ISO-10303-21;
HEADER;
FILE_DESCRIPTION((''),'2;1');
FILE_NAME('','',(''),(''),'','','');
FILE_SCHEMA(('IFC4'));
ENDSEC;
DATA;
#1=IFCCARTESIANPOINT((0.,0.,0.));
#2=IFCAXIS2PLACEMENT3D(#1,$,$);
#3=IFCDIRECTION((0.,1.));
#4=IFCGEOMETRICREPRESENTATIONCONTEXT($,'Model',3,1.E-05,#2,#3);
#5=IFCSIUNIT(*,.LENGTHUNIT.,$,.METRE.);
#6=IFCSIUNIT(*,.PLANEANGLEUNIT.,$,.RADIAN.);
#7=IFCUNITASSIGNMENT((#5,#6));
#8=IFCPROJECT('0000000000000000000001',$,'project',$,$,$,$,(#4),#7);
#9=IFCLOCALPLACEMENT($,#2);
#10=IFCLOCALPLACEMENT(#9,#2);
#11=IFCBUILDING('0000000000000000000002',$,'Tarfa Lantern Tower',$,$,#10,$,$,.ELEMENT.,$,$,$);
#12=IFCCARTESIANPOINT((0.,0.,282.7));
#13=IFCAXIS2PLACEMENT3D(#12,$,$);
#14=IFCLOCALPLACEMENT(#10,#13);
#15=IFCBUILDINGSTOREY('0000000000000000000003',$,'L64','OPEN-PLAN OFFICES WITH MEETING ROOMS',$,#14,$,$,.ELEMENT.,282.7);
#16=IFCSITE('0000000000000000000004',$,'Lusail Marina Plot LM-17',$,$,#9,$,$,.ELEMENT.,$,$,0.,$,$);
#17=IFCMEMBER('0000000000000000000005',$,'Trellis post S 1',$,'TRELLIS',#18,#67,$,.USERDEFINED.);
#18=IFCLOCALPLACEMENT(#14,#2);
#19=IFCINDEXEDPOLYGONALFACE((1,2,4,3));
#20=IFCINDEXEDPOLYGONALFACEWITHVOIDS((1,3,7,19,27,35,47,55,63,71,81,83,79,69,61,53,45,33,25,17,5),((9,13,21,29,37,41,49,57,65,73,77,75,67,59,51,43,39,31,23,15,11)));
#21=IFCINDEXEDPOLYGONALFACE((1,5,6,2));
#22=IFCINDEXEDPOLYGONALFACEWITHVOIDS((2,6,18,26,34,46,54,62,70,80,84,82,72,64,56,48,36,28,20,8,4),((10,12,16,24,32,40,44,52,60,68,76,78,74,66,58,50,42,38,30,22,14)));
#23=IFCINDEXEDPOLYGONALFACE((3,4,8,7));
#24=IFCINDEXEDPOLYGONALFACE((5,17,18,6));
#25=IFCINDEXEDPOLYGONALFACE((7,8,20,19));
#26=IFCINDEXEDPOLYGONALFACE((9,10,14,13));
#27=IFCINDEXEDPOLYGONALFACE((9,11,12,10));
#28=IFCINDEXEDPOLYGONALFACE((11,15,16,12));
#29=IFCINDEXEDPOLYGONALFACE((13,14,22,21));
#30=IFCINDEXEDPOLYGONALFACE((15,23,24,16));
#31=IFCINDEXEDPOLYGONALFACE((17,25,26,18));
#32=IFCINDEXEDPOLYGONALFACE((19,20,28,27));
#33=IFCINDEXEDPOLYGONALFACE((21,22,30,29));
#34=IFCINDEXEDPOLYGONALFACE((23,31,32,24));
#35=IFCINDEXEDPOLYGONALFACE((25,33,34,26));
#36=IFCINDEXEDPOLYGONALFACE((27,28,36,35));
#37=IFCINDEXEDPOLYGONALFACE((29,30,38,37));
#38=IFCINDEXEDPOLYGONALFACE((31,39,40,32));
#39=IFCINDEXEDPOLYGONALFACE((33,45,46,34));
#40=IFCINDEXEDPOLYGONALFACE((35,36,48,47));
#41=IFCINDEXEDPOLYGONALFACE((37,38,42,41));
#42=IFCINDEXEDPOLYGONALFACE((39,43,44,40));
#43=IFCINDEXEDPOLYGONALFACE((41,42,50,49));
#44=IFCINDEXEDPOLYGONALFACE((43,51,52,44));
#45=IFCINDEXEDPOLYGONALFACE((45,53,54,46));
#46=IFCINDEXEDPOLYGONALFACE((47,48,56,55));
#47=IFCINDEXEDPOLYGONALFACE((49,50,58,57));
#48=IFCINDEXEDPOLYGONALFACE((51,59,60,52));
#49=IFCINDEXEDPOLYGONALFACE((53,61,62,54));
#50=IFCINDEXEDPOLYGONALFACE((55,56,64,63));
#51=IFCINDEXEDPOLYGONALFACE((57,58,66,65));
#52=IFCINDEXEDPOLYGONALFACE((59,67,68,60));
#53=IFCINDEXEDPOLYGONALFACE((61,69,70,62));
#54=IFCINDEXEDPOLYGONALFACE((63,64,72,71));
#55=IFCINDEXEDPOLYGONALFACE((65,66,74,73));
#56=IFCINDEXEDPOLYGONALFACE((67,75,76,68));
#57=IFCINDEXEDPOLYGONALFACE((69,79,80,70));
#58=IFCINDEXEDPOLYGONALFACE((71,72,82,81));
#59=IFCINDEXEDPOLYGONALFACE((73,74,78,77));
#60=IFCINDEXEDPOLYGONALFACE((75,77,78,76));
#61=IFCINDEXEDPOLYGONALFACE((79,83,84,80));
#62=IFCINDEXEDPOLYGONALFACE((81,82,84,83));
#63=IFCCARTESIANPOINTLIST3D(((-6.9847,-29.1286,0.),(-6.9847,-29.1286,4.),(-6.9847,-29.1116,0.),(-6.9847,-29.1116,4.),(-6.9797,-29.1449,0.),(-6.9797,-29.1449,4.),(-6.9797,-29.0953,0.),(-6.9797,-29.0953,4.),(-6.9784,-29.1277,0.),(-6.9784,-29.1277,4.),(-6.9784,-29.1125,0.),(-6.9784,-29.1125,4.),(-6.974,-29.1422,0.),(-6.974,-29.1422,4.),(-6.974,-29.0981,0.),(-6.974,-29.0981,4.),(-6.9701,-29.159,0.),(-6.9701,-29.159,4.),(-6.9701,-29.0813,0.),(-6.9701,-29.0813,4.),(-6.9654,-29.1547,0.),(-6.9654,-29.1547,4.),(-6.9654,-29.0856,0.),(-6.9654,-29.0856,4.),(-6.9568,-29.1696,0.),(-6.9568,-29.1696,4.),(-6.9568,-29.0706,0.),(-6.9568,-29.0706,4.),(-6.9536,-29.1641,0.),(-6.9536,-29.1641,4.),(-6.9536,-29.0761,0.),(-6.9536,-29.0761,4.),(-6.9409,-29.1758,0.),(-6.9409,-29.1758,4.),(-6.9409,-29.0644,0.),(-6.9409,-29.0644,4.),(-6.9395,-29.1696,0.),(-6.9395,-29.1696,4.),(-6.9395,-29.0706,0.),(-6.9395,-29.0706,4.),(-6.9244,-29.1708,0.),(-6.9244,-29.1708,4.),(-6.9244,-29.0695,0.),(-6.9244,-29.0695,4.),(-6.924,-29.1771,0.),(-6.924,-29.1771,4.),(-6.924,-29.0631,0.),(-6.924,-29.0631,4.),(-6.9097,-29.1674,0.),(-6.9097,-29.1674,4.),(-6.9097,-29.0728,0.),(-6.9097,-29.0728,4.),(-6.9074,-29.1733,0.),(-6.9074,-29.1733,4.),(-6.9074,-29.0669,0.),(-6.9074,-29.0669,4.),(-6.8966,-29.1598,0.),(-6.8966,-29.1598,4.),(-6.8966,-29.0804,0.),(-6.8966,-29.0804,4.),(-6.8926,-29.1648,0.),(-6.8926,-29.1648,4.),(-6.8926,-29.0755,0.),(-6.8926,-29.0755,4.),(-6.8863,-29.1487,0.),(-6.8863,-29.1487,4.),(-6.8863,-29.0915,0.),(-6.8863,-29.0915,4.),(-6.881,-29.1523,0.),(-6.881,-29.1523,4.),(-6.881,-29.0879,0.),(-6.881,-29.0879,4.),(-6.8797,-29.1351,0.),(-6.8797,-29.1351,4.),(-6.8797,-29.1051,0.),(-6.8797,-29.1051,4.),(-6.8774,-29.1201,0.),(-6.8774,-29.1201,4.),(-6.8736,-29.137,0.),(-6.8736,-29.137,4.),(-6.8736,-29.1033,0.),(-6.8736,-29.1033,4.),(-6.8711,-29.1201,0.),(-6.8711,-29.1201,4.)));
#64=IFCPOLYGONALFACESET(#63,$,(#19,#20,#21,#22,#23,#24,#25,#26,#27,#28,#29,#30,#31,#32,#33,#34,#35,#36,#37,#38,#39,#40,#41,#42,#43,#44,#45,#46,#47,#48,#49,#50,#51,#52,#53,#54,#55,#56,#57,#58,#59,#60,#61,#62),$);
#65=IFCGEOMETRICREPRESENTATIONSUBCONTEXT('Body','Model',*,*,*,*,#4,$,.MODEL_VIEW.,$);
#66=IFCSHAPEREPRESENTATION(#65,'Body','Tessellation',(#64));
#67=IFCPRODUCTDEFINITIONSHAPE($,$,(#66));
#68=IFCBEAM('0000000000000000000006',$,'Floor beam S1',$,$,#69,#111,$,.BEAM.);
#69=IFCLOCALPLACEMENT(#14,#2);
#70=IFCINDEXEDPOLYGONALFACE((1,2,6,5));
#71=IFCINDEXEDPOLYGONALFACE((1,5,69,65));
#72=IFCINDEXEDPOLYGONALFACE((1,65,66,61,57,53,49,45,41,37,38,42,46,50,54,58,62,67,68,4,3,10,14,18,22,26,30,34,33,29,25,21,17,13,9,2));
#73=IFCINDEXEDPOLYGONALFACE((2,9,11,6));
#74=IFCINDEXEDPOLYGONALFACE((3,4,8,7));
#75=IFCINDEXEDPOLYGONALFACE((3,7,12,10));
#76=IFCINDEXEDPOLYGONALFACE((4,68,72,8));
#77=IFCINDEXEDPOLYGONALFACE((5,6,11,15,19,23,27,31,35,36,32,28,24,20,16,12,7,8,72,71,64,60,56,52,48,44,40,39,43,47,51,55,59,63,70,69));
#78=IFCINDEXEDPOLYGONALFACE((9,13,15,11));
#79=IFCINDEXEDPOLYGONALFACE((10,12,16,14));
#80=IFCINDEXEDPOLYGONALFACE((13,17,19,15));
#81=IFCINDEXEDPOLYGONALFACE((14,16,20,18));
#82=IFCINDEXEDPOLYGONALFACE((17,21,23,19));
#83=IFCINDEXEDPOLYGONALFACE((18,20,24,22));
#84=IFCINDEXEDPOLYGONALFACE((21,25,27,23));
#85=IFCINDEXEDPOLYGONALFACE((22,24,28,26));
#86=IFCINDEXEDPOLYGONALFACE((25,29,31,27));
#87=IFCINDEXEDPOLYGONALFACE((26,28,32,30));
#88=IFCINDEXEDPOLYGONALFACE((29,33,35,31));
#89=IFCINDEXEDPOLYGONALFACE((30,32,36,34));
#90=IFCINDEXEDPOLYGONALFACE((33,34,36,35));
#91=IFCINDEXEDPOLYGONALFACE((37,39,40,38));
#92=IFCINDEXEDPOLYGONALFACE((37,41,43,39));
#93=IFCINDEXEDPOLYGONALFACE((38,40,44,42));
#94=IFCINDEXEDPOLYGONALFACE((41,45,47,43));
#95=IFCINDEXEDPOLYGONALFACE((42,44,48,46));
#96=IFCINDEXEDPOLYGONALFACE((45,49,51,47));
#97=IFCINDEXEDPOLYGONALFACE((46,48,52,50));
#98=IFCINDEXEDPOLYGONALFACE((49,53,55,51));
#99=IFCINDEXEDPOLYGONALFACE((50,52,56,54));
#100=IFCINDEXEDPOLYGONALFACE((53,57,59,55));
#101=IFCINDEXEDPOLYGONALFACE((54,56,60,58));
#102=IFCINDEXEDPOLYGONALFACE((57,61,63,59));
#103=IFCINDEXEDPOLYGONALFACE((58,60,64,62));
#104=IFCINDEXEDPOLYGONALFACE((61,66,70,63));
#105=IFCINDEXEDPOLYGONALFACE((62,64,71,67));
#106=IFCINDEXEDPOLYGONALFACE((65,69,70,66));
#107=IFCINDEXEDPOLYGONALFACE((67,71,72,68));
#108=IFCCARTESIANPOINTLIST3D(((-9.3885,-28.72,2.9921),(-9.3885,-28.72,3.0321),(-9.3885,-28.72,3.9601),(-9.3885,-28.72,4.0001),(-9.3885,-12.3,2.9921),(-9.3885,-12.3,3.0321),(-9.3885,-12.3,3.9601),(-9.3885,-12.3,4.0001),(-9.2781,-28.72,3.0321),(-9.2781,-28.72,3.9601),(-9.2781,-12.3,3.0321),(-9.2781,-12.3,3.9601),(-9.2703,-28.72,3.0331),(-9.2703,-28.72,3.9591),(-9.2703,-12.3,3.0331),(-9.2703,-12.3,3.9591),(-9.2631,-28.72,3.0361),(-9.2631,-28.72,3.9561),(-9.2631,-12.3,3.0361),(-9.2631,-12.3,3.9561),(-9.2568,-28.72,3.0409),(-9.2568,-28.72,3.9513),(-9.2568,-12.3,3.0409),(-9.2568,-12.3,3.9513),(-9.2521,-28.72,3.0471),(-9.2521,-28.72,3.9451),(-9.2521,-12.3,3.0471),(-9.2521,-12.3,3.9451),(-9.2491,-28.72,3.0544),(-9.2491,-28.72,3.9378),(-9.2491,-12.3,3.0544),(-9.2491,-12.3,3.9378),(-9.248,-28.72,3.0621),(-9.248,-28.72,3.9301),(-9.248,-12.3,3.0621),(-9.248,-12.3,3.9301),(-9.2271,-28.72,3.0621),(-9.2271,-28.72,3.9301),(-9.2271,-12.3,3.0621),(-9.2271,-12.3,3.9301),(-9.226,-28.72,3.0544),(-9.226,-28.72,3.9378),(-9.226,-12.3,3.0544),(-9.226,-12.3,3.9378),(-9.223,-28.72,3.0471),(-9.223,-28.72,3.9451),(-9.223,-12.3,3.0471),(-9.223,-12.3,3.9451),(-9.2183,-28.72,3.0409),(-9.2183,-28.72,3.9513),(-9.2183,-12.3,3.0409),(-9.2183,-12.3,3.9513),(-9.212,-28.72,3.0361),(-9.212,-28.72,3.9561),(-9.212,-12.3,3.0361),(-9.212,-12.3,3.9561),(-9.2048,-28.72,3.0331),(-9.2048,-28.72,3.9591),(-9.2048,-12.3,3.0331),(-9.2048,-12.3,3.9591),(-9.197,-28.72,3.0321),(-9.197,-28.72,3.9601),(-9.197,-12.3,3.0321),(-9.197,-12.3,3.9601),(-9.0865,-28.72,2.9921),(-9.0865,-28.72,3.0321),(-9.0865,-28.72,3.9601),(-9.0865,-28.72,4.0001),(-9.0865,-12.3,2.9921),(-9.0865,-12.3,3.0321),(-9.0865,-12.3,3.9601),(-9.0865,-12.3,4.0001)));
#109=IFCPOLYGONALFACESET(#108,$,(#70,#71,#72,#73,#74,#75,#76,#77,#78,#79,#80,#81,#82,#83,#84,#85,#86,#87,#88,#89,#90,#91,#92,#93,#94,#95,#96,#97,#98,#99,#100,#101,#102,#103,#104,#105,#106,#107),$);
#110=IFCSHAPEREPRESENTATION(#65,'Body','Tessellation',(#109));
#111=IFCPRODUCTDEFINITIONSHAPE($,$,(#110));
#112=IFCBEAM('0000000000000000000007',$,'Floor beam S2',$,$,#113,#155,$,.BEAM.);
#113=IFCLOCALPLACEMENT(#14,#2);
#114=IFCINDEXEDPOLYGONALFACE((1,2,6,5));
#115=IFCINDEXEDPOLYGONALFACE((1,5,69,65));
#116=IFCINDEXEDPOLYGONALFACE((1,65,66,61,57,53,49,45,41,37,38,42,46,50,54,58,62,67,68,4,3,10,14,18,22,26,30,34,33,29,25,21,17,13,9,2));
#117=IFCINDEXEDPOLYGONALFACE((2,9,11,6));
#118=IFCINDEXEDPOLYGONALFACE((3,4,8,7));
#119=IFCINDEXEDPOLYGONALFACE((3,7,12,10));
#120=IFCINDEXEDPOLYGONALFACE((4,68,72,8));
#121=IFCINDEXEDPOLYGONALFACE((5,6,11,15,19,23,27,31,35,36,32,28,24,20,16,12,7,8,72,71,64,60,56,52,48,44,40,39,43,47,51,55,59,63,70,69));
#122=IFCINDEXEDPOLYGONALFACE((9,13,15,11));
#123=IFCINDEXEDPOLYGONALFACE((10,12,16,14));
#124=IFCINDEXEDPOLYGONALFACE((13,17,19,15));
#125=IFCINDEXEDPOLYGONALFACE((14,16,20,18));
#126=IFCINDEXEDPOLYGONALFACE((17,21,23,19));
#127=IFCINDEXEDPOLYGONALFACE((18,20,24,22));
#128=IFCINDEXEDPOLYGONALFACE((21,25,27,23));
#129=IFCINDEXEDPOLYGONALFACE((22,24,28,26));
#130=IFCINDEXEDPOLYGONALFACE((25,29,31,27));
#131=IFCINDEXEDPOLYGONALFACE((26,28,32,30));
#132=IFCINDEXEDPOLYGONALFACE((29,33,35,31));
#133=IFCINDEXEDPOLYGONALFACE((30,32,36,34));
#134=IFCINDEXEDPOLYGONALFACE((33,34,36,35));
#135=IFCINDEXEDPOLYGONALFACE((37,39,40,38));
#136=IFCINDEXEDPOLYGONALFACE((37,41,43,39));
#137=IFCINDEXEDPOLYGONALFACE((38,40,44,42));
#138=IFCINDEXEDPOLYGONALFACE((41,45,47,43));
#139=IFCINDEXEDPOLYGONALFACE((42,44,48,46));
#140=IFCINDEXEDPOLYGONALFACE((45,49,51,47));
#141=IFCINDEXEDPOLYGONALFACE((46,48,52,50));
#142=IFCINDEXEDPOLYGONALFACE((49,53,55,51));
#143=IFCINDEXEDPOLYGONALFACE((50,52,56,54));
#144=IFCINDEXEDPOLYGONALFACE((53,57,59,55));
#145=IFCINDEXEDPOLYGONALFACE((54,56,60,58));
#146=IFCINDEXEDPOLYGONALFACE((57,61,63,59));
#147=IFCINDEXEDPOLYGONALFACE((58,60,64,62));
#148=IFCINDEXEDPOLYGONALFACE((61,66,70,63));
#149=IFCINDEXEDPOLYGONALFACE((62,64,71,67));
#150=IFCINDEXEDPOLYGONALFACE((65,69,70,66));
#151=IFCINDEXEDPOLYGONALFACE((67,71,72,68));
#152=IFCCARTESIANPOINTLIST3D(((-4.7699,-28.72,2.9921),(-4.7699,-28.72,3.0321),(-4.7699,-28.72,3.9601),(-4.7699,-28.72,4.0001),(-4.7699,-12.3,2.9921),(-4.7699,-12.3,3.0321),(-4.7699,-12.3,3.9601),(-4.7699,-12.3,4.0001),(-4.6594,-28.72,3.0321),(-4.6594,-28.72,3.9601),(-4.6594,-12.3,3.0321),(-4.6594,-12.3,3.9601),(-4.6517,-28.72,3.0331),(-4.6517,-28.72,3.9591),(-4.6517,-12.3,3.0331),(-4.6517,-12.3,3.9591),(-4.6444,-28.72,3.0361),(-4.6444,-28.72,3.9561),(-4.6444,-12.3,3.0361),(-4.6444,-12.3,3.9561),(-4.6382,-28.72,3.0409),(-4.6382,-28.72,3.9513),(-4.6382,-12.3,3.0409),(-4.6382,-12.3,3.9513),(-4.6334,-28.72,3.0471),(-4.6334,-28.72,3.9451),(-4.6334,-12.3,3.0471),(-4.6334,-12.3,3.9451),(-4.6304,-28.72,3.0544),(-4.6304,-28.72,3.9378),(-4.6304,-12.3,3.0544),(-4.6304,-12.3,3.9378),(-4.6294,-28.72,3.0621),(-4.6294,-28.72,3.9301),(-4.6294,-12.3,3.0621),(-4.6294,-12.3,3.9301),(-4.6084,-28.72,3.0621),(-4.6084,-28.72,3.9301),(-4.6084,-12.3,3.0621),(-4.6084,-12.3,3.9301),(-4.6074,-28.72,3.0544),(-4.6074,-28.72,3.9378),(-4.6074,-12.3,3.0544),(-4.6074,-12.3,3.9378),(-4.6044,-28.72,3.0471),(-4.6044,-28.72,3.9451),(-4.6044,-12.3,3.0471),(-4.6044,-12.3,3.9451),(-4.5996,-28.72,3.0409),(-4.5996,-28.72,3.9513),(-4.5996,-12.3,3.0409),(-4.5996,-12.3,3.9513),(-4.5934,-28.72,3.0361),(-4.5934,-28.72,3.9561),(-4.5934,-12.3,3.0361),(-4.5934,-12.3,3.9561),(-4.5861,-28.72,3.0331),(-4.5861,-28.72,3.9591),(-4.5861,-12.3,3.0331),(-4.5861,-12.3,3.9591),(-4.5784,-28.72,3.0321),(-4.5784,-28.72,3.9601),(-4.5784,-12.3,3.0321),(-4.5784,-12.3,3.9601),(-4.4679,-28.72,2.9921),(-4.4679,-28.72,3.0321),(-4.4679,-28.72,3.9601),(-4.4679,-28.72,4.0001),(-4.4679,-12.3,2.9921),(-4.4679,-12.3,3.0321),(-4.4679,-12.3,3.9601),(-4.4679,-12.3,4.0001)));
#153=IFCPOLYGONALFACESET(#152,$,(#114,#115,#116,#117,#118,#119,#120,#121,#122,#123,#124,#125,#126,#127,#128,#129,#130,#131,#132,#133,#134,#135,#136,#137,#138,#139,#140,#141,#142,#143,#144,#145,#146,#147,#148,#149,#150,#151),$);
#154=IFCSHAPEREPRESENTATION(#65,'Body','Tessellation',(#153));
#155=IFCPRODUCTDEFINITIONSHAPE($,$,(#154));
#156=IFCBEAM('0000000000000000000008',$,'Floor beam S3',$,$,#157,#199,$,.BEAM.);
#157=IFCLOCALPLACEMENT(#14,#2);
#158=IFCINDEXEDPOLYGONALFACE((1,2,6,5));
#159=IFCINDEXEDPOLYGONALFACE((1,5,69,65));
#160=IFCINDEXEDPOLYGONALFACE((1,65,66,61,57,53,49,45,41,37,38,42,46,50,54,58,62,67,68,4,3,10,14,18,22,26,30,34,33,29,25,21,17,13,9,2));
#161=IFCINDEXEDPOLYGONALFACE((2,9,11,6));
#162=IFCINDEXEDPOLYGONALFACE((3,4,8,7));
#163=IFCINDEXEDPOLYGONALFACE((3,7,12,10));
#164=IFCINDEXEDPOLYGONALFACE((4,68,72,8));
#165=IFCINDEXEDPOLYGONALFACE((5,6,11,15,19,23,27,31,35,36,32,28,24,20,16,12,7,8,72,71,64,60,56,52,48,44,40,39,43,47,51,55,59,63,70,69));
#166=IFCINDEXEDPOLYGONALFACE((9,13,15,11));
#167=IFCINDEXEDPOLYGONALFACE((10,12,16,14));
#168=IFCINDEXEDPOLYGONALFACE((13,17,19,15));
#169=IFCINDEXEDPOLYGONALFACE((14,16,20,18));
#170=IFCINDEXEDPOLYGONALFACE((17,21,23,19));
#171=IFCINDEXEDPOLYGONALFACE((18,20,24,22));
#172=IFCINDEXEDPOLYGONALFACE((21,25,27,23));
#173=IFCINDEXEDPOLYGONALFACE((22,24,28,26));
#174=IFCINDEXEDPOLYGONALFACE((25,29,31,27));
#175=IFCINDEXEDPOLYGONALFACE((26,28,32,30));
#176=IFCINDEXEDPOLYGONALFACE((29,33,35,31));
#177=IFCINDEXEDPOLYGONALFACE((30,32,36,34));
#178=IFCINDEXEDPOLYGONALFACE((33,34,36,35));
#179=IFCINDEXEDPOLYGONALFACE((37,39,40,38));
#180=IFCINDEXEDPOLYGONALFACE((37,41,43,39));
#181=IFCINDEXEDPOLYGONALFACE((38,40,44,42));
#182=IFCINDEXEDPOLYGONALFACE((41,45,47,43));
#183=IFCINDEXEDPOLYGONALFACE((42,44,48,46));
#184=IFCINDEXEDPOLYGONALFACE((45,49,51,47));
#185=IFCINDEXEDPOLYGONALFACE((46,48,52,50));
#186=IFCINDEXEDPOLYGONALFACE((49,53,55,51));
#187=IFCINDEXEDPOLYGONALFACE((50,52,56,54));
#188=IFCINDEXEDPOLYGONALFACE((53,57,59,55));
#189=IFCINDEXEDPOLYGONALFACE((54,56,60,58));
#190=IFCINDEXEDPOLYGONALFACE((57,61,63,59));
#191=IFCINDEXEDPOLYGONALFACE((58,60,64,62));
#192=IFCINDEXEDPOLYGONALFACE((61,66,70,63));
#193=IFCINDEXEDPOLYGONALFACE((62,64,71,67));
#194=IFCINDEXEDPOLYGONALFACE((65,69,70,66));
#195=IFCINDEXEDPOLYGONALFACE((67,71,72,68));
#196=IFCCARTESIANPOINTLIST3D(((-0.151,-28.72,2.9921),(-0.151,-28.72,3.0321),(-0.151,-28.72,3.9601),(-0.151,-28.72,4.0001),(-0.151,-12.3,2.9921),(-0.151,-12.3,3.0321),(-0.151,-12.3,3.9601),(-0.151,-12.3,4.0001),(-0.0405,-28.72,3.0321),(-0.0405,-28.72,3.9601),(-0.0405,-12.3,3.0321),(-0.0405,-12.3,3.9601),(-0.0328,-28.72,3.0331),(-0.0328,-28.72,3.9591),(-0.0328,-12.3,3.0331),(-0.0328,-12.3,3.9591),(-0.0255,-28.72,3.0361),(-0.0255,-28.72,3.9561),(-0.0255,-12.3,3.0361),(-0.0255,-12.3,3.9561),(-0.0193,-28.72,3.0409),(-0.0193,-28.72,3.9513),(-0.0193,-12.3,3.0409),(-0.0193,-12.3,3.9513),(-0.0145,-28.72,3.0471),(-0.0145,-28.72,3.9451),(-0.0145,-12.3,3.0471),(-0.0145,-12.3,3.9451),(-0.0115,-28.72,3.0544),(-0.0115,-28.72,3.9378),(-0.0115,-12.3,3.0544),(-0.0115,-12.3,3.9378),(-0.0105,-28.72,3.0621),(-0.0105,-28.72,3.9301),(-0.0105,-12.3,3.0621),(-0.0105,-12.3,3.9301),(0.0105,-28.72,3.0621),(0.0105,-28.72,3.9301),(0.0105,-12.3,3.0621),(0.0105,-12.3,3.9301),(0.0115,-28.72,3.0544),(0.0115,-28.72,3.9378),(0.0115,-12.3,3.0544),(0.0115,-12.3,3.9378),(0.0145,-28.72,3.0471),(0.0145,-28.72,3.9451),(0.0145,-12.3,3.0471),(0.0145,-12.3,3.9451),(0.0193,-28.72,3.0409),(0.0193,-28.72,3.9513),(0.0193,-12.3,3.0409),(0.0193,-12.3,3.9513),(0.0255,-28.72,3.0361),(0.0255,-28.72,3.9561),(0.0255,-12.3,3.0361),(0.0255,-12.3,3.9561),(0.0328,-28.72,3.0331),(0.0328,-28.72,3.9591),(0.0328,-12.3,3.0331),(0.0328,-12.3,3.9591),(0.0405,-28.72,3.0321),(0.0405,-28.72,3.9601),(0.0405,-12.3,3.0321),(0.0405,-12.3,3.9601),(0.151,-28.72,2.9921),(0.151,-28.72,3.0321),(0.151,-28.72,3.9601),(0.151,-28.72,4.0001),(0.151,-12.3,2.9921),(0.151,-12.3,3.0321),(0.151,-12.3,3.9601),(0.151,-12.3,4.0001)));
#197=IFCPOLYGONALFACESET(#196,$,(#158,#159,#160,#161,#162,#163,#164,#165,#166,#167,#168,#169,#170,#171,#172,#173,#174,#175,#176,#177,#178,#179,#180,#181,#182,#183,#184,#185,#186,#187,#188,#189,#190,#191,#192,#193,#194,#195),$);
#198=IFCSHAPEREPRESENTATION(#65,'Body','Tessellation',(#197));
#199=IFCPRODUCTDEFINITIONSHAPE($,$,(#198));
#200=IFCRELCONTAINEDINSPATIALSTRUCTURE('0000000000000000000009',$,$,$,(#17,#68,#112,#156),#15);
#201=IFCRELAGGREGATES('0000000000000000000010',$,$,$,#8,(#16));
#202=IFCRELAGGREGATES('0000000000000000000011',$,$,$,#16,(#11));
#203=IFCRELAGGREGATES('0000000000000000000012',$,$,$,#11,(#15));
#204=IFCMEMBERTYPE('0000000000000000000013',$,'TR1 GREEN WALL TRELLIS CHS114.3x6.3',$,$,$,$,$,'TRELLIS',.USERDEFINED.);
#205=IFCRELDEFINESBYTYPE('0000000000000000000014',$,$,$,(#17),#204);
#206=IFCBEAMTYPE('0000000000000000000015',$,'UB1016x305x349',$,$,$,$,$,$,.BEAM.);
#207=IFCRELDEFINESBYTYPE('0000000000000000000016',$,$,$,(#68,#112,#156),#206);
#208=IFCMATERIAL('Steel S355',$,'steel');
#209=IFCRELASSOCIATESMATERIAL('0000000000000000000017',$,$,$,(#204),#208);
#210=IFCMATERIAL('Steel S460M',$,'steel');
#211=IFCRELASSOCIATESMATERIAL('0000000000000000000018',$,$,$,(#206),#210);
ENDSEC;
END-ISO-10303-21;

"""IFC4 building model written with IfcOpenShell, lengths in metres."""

from ifc_helpers import new_model, si_unit, direction, frame, origin, origin_2d, place, context, subcontext, project, spatial, hollow_circle, i_section, extrude, material, material_profile, profile_set, type_object, element, save


model = new_model("IFC4")

# Units and contexts
model_context = context("Model", 3, precision=1e-05, world=origin(), true_north=direction((0.0, 1.0)))
body_context = subcontext(model_context, "Body", "Model", "MODEL_VIEW")
ifc_project = project(units=[si_unit("LENGTHUNIT", "METRE"), si_unit("PLANEANGLEUNIT", "RADIAN")], contexts=[model_context])

# Site, building, storey
site_placement = place(None, origin())
site = spatial("IfcSite", under=ifc_project, at=site_placement, Name="Lusail Marina Plot LM-17", CompositionType="ELEMENT", RefElevation=0.0)
building_placement = place(site_placement, origin())
building = spatial("IfcBuilding", under=site, at=building_placement, Name="Tarfa Lantern Tower", CompositionType="ELEMENT")
storey_placement = place(building_placement, frame((0.0, 0.0, 282.7)))
storey = spatial("IfcBuildingStorey", under=building, at=storey_placement, Name="L64", Description="OPEN-PLAN OFFICES WITH MEETING ROOMS", CompositionType="ELEMENT", Elevation=282.7)

# Member
ifc_material_1 = material(Name="Steel S355", Category="steel")
ifc_material_profile_1 = material_profile(ifc_material_1, hollow_circle(Radius=0.0571, WallThickness=0.0063, at=origin_2d()), Name="CHS114.3x6.3")
ifc_profile_set_1 = profile_set([ifc_material_profile_1], Name="Steel S355")
member_type_1 = type_object("IfcMemberType", Name="TR1 GREEN WALL TRELLIS CHS114.3x6.3", ElementType="TRELLIS", PredefinedType="USERDEFINED", material=ifc_profile_set_1)
member_1_placement = place(storey_placement, frame((-6.9282, -29.1201, 0.0), z_axis=(0.0, 0.0, 1.0), x_axis=(1.0, 0.0, 0.0)))
element("IfcMember", 1, at=member_1_placement, inside=storey, type_object=member_type_1, Name="Trellis post S 1", ObjectType="TRELLIS", PredefinedType="USERDEFINED", context=body_context, shape_type="SweptSolid", body=[
    extrude(hollow_circle(Radius=0.0571, WallThickness=0.0063, at=origin_2d()), origin(), (0.0, 0.0, 1.0), 4.0),
])

# Beams
ifc_material_2 = material(Name="Steel S460M", Category="steel")
ifc_material_profile_2 = material_profile(ifc_material_2, i_section(OverallWidth=0.302, OverallDepth=1.0081, WebThickness=0.021, FlangeThickness=0.04, FilletRadius=0.03, at=origin_2d()), Name="UB1016x305x349")
ifc_profile_set_2 = profile_set([ifc_material_profile_2], Name="Steel S460M")
beam_type_1 = type_object("IfcBeamType", Name="UB1016x305x349", PredefinedType="BEAM", material=ifc_profile_set_2)
for number, where, z_axis, x_axis, name in (
    (2, (-9.2375, -28.72, 3.4961), (0.0, 1.0, 0.0), (-1.0, 0.0, 0.0), "Floor beam S1"),
    (3, (-4.6189, -28.72, 3.4961), (0.0, 1.0, 0.0), (-1.0, 0.0, 0.0), "Floor beam S2"),
    (4, (0.0, -28.72, 3.4961), (0.0, 1.0, 0.0), (-1.0, 0.0, 0.0), "Floor beam S3"),
):
    element("IfcBeam", number, at=place(storey_placement, frame(where, z_axis=z_axis, x_axis=x_axis)), inside=storey, type_object=beam_type_1, Name=name, PredefinedType="BEAM", context=body_context, shape_type="SweptSolid", body=[
        extrude(i_section(OverallWidth=0.302, OverallDepth=1.0081, WebThickness=0.021, FlangeThickness=0.04, FilletRadius=0.03, at=origin_2d()), origin(), (0.0, 0.0, 1.0), 16.4199),
    ])

save(model, "model.ifc")
